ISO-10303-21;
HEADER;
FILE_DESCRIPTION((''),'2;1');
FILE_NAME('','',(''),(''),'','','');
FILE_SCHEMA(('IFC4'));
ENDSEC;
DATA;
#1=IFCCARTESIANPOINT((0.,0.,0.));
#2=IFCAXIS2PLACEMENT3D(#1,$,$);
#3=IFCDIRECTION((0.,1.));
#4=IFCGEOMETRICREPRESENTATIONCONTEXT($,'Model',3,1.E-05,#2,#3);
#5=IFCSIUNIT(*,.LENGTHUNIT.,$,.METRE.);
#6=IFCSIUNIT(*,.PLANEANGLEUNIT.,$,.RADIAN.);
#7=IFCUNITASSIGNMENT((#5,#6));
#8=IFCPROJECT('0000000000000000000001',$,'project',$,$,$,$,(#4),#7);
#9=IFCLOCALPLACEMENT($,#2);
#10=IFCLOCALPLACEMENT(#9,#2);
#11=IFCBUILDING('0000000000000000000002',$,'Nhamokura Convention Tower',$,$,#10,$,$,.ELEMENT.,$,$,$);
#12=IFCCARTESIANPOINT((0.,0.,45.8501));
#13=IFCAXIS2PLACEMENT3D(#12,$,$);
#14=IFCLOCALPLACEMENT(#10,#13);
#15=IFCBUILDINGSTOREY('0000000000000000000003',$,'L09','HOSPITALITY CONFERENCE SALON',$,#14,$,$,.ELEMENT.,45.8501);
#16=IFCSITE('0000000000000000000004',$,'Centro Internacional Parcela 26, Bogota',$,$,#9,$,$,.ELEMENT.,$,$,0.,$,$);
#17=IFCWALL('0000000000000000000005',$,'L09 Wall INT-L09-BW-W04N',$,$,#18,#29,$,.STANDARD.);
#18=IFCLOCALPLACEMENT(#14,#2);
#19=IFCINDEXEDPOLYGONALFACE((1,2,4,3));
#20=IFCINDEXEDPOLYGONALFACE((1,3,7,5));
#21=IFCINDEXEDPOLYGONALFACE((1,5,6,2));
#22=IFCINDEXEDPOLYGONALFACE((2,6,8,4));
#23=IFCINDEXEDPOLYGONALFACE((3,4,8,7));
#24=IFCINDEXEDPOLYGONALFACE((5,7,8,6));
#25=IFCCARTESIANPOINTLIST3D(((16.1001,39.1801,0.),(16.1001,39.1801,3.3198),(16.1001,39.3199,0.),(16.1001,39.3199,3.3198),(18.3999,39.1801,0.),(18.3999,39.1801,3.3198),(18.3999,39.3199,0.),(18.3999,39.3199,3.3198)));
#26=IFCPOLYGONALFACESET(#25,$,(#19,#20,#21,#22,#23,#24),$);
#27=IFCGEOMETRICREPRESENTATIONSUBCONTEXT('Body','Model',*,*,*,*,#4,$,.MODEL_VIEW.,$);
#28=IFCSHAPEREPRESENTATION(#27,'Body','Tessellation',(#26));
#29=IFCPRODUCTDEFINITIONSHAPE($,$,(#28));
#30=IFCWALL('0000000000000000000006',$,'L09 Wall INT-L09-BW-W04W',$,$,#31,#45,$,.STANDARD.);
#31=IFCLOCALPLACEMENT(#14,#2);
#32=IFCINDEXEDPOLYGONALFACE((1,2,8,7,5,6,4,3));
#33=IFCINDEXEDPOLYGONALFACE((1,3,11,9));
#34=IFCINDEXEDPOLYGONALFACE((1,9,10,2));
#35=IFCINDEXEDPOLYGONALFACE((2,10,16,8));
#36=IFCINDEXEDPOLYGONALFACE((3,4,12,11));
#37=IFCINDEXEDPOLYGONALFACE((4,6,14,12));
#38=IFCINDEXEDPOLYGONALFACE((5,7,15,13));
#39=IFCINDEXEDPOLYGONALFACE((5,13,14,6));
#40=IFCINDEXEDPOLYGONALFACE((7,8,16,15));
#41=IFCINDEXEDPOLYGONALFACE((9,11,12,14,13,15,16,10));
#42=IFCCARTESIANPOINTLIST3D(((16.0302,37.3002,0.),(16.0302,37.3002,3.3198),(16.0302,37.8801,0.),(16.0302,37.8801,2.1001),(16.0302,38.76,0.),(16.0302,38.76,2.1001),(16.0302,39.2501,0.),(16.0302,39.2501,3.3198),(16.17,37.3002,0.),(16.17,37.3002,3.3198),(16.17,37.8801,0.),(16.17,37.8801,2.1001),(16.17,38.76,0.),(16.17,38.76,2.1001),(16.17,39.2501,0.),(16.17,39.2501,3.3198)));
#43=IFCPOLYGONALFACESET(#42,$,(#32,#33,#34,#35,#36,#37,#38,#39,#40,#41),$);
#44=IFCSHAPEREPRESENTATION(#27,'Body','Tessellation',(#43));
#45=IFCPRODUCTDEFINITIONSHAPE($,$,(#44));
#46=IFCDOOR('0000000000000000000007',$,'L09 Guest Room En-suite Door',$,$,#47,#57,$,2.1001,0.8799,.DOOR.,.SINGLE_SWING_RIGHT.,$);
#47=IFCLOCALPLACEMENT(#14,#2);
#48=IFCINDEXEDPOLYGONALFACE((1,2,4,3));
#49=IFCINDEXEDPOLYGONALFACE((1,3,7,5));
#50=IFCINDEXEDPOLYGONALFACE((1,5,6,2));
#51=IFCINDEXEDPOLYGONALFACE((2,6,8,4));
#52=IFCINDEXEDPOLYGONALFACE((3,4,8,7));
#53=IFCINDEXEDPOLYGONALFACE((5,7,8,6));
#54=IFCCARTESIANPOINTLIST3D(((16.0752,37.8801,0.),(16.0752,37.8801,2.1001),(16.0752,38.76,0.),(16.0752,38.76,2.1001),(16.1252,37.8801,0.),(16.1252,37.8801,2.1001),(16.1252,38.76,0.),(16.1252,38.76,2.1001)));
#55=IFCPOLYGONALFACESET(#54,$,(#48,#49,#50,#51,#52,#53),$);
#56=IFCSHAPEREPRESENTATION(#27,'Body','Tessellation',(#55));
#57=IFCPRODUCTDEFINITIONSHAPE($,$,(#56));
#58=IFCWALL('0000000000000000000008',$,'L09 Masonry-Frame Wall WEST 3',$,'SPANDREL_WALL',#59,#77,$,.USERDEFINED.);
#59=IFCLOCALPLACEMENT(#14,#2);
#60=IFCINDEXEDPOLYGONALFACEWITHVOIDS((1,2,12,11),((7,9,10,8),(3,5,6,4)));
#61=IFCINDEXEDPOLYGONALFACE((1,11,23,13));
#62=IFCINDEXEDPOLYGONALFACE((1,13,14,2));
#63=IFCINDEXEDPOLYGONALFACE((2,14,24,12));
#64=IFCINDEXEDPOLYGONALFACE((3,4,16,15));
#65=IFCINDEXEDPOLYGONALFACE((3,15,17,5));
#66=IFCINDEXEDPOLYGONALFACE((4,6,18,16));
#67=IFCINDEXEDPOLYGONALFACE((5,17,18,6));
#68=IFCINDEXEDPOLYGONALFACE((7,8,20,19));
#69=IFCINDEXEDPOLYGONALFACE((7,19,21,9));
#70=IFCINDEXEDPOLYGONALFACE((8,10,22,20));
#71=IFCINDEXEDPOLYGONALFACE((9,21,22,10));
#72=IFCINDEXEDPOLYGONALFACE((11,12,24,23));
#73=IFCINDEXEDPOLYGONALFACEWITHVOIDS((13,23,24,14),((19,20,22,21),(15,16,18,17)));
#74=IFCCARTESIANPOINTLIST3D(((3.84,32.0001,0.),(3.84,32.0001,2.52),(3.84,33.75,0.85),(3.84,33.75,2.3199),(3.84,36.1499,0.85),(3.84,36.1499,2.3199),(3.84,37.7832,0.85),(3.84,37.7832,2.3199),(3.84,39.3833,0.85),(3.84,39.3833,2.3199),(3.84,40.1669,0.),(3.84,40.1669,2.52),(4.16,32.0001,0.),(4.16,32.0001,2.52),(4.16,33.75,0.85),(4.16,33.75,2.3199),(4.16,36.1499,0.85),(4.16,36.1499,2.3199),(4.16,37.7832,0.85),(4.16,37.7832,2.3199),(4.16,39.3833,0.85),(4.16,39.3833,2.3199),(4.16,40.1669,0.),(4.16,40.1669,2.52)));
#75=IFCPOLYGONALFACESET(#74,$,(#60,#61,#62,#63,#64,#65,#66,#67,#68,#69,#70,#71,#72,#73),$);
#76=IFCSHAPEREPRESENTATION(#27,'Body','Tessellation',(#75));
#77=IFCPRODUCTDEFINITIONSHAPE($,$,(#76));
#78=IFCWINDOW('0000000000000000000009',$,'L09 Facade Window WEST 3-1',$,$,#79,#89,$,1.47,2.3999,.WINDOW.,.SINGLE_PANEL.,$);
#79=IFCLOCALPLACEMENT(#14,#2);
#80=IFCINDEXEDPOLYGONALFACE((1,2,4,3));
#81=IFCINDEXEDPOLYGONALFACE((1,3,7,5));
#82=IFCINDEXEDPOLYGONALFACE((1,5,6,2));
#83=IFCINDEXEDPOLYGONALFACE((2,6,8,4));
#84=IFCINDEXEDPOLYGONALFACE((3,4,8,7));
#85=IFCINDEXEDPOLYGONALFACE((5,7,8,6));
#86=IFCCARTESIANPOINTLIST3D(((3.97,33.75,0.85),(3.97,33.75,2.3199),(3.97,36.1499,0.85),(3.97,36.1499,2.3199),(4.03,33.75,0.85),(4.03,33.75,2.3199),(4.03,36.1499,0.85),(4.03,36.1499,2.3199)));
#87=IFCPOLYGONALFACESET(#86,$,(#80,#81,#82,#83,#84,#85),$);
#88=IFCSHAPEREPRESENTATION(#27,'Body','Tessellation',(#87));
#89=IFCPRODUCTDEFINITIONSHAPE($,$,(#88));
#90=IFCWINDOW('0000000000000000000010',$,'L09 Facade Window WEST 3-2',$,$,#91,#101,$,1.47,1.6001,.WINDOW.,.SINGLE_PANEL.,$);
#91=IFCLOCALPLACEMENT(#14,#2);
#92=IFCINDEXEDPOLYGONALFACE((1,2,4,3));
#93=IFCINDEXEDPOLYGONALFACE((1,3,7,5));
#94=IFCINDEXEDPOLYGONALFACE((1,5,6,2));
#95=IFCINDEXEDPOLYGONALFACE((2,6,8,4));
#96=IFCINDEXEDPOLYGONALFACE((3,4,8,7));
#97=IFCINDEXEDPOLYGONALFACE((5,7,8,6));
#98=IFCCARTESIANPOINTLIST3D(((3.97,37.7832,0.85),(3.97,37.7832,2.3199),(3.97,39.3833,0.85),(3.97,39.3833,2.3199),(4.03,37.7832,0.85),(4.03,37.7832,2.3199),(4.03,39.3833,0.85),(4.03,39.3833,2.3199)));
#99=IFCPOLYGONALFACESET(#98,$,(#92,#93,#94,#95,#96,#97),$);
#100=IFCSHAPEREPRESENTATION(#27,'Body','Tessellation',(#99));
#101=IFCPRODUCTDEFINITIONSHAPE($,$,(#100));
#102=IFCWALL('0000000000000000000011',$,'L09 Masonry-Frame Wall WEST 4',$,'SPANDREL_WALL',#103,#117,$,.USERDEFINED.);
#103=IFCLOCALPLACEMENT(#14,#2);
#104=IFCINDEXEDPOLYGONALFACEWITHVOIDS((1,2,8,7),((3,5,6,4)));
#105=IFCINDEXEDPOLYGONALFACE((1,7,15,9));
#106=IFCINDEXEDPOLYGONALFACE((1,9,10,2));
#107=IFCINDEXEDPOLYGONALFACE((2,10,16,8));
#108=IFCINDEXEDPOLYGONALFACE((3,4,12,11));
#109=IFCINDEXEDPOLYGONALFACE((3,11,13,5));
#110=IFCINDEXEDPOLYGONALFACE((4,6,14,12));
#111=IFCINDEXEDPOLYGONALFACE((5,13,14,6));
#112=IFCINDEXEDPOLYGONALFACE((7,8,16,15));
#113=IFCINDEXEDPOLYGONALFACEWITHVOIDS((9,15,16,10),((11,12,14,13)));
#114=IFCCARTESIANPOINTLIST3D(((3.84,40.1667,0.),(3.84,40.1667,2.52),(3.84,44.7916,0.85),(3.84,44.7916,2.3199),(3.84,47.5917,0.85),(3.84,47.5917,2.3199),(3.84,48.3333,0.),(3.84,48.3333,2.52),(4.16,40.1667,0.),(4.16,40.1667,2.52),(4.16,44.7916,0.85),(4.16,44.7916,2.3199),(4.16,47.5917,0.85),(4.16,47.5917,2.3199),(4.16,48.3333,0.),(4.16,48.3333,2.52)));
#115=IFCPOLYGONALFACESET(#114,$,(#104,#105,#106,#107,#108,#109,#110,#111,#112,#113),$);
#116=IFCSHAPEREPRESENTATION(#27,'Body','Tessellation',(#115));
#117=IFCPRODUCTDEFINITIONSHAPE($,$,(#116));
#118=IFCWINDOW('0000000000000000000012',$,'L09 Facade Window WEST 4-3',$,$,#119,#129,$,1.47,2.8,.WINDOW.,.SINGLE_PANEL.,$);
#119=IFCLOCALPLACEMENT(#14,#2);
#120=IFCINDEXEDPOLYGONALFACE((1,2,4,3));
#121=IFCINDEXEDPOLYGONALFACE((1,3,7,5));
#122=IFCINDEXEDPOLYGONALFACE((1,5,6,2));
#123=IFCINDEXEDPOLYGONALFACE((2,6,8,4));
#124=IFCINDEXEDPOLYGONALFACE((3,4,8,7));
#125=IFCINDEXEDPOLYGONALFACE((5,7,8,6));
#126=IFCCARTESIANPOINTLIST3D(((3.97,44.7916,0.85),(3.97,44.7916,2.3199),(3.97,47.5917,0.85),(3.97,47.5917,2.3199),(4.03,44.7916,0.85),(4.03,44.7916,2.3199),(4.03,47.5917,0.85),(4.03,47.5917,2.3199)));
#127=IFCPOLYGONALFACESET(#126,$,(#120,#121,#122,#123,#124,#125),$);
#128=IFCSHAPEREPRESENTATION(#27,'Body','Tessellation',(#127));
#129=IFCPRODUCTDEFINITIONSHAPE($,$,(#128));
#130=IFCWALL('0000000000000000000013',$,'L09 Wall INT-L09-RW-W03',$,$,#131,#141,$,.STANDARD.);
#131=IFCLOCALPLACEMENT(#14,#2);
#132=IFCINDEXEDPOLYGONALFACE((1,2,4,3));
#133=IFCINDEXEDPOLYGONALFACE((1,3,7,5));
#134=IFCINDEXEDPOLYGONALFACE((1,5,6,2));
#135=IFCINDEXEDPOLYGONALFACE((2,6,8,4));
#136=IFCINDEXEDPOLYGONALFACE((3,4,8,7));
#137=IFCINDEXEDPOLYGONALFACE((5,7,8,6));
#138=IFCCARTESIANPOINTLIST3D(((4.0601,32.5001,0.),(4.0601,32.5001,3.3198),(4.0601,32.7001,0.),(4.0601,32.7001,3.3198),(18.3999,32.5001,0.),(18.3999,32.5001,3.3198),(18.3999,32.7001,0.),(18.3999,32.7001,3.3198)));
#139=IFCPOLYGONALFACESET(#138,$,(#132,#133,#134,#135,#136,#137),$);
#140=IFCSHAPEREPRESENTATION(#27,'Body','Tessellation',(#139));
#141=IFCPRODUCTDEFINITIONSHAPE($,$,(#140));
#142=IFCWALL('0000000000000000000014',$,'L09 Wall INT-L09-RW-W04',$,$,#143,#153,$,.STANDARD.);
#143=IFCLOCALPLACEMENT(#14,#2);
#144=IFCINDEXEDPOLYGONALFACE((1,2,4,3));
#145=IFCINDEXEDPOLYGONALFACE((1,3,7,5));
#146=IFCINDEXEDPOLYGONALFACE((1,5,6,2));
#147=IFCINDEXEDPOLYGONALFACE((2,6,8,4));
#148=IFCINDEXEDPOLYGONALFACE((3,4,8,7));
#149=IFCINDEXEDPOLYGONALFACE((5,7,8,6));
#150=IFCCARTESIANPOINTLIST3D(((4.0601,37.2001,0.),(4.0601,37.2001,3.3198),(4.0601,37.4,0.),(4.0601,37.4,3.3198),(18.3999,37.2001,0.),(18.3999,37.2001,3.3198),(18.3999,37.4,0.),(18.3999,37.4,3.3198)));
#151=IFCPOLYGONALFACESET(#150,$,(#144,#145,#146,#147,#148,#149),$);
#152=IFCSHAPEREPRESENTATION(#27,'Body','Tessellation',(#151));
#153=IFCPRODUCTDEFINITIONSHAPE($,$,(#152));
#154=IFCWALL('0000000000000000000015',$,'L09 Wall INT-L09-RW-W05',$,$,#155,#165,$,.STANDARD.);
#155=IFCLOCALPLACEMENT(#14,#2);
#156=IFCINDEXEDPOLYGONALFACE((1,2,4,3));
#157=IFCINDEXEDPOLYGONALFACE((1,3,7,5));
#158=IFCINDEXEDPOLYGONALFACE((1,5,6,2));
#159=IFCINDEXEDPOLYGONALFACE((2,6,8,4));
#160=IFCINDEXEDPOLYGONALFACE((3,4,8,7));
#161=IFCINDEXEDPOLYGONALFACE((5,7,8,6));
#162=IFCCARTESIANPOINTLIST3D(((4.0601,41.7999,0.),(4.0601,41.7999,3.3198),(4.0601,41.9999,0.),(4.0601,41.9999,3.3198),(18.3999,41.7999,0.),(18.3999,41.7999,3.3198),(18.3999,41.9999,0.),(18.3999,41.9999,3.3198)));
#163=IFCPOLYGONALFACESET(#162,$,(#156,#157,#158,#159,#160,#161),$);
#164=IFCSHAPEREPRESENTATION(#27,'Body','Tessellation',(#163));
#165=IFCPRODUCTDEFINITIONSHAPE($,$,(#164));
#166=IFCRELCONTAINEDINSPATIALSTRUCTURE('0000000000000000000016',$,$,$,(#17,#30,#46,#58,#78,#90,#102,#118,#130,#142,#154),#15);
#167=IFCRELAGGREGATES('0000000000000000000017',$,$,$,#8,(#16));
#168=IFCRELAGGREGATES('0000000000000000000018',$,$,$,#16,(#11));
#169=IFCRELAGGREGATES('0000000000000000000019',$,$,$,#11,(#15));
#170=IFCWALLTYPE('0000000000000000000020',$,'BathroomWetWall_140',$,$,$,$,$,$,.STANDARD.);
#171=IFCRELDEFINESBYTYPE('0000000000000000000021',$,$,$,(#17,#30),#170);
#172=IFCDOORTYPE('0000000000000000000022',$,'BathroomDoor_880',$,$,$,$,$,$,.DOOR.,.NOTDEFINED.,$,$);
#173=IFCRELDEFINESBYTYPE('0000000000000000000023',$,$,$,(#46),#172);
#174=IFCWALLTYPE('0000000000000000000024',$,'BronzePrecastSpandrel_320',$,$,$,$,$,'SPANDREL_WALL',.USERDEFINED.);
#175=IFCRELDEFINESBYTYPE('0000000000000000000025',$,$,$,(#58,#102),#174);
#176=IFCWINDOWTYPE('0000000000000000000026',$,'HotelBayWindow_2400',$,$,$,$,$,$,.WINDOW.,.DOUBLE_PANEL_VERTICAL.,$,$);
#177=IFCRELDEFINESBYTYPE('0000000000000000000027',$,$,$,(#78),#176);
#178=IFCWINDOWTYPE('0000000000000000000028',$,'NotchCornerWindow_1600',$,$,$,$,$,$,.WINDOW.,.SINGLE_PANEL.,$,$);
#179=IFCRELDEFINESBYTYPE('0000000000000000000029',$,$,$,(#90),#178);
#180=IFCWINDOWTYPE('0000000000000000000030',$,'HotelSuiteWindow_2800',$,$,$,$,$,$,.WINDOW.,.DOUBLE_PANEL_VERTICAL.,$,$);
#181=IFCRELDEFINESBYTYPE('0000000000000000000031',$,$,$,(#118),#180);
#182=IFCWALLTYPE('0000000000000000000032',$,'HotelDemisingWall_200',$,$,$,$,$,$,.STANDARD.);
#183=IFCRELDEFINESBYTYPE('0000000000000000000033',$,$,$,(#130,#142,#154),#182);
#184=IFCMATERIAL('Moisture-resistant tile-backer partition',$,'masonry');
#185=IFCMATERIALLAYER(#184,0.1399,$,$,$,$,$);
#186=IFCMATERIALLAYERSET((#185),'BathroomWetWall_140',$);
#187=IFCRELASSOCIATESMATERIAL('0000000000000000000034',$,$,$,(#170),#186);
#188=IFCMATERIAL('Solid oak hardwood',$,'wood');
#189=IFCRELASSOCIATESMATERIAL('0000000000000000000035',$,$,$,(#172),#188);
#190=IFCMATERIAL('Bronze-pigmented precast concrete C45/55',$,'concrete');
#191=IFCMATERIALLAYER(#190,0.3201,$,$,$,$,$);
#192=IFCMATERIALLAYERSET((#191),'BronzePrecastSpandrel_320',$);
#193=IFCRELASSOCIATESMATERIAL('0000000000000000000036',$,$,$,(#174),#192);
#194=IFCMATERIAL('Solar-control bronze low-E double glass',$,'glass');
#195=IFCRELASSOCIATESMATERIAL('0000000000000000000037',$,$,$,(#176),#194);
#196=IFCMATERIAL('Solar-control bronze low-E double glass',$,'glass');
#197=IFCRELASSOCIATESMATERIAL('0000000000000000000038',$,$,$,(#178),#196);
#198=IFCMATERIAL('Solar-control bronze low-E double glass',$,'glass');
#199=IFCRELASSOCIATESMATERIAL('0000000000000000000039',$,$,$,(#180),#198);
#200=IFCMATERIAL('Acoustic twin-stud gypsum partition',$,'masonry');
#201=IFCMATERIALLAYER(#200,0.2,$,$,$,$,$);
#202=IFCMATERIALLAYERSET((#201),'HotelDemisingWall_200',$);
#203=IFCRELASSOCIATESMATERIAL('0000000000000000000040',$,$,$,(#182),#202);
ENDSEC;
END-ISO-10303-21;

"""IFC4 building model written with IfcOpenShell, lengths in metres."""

from ifc_helpers import new_model, si_unit, direction, frame, frame_2d, origin, place, context, subcontext, project, spatial, rectangle, extrude, material, layer, layer_set, type_object, element, fill, save


model = new_model("IFC4")

# Units and contexts
model_context = context("Model", 3, precision=1e-05, world=origin(), true_north=direction((0.0, 1.0)))
body_context = subcontext(model_context, "Body", "Model", "MODEL_VIEW")
ifc_project = project(units=[si_unit("LENGTHUNIT", "METRE"), si_unit("PLANEANGLEUNIT", "RADIAN")], contexts=[model_context])

# Site, building, storey
site_placement = place(None, origin())
site = spatial("IfcSite", under=ifc_project, at=site_placement, Name="Centro Internacional Parcela 26, Bogota", CompositionType="ELEMENT", RefElevation=0.0)
building_placement = place(site_placement, origin())
building = spatial("IfcBuilding", under=site, at=building_placement, Name="Nhamokura Convention Tower", CompositionType="ELEMENT")
storey_placement = place(building_placement, frame((0.0, 0.0, 45.8501)))
storey = spatial("IfcBuildingStorey", under=building, at=storey_placement, Name="L09", Description="HOSPITALITY CONFERENCE SALON", CompositionType="ELEMENT", Elevation=45.8501)

# Shared definitions
ifc_material_1 = material(Name="Moisture-resistant tile-backer partition", Category="masonry")
ifc_layer_1 = layer(ifc_material_1, 0.1399)
ifc_layer_set_1 = layer_set([ifc_layer_1], Name="BathroomWetWall_140")
wall_type_1 = type_object("IfcWallType", Name="BathroomWetWall_140", PredefinedType="STANDARD", material=ifc_layer_set_1)

# Shared definitions
ifc_material_2 = material(Name="Solid oak hardwood", Category="wood")
door_type = type_object("IfcDoorType", Name="BathroomDoor_880", OperationType="NOTDEFINED", PredefinedType="DOOR", material=ifc_material_2)

# Wall
wall_1_placement = place(storey_placement, frame((16.1001, 39.25, 0.0), z_axis=(0.0, 0.0, 1.0), x_axis=(1.0, 0.0, 0.0)))
element("IfcWall", 1, at=wall_1_placement, inside=storey, type_object=wall_type_1, Name="L09 Wall INT-L09-BW-W04N", PredefinedType="STANDARD", context=body_context, shape_type="SweptSolid", body=[
    extrude(rectangle(XDim=2.2998, YDim=0.1399, at=frame_2d((1.1499, 0.0))), origin(), (0.0, 0.0, 1.0), 3.3198),
])

# Wall, opening, door
wall_2_placement = place(storey_placement, frame((16.1001, 37.3, 0.0), z_axis=(0.0, 0.0, 1.0), x_axis=(0.0, 1.0, 0.0)))
wall_2 = element("IfcWall", 2, at=wall_2_placement, inside=storey, type_object=wall_type_1, Name="L09 Wall INT-L09-BW-W04W", PredefinedType="STANDARD", context=body_context, shape_type="SweptSolid", body=[
    extrude(rectangle(XDim=1.95, YDim=0.1399, at=frame_2d((0.9751, 0.0))), origin(), (0.0, 0.0, 1.0), 3.3198),
])
opening_1_placement = place(wall_2_placement, frame((0.5801, 0.0, 0.0)))
opening_1 = element("IfcOpeningElement", 3, at=opening_1_placement, cuts=wall_2, PredefinedType="OPENING", context=body_context, shape_type="SweptSolid", body=[
    extrude(rectangle(XDim=0.8799, YDim=2.1001, at=frame_2d((0.4399, 1.05))), frame((0.0, 0.0798, 0.0), z_axis=(0.0, -1.0, 0.0), x_axis=(1.0, 0.0, 0.0)), (0.0, 0.0, 1.0), 0.1599),
])
door_1_placement = place(opening_1_placement, origin())
door_1 = element("IfcDoor", 4, at=door_1_placement, inside=storey, type_object=door_type, Name="L09 Guest Room En-suite Door", OperationType="SINGLE_SWING_RIGHT", OverallHeight=2.1001, OverallWidth=0.8799, PredefinedType="DOOR", context=body_context, shape_type="SweptSolid", body=[
    extrude(rectangle(XDim=0.8799, YDim=2.1001, at=frame_2d((0.4399, 1.05))), frame((0.0, 0.0249, 0.0), z_axis=(0.0, -1.0, 0.0), x_axis=(1.0, 0.0, 0.0)), (0.0, 0.0, 1.0), 0.05),
])
fill(opening_1, door_1)

# Wall, openings, windows
ifc_material_3 = material(Name="Bronze-pigmented precast concrete C45/55", Category="concrete")
ifc_layer_2 = layer(ifc_material_3, 0.3201)
ifc_layer_set_2 = layer_set([ifc_layer_2], Name="BronzePrecastSpandrel_320")
wall_type_2 = type_object("IfcWallType", Name="BronzePrecastSpandrel_320", ElementType="SPANDREL_WALL", PredefinedType="USERDEFINED", material=ifc_layer_set_2)
wall_3_placement = place(storey_placement, frame((4.0, 32.0, 0.0), z_axis=(0.0, 0.0, 1.0), x_axis=(0.0, 1.0, 0.0)))
wall_3 = element("IfcWall", 5, at=wall_3_placement, inside=storey, type_object=wall_type_2, Name="L09 Masonry-Frame Wall WEST 3", ObjectType="SPANDREL_WALL", PredefinedType="USERDEFINED", context=body_context, shape_type="SweptSolid", body=[
    extrude(rectangle(XDim=8.1667, YDim=0.3201, at=frame_2d((4.0835, 0.0))), origin(), (0.0, 0.0, 1.0), 2.52),
])
opening_2_placement = place(wall_3_placement, frame((1.75, 0.0, 0.8501)))
opening_2 = element("IfcOpeningElement", 6, at=opening_2_placement, cuts=wall_3, PredefinedType="OPENING", context=body_context, shape_type="SweptSolid", body=[
    extrude(rectangle(XDim=2.3999, YDim=1.47, at=frame_2d((1.2, 0.7349))), frame((0.0, 0.1699, 0.0), z_axis=(0.0, -1.0, 0.0), x_axis=(1.0, 0.0, 0.0)), (0.0, 0.0, 1.0), 0.3401),
])
opening_3_placement = place(wall_3_placement, frame((5.7832, 0.0, 0.8501)))
opening_3 = element("IfcOpeningElement", 7, at=opening_3_placement, cuts=wall_3, PredefinedType="OPENING", context=body_context, shape_type="SweptSolid", body=[
    extrude(rectangle(XDim=1.6001, YDim=1.47, at=frame_2d((0.8, 0.7349))), frame((0.0, 0.1699, 0.0), z_axis=(0.0, -1.0, 0.0), x_axis=(1.0, 0.0, 0.0)), (0.0, 0.0, 1.0), 0.3401),
])
ifc_material_4 = material(Name="Solar-control bronze low-E double glass", Category="glass")
window_type_1 = type_object("IfcWindowType", Name="HotelBayWindow_2400", PartitioningType="DOUBLE_PANEL_VERTICAL", PredefinedType="WINDOW", material=ifc_material_4)
window_1_placement = place(opening_2_placement, origin())
window_1 = element("IfcWindow", 8, at=window_1_placement, inside=storey, type_object=window_type_1, Name="L09 Facade Window WEST 3-1", OverallHeight=1.47, OverallWidth=2.3999, PartitioningType="SINGLE_PANEL", PredefinedType="WINDOW", context=body_context, shape_type="SweptSolid", body=[
    extrude(rectangle(XDim=2.3999, YDim=1.47, at=frame_2d((1.2, 0.7349))), frame((0.0, 0.03, 0.0), z_axis=(0.0, -1.0, 0.0), x_axis=(1.0, 0.0, 0.0)), (0.0, 0.0, 1.0), 0.0601),
])
fill(opening_2, window_1)
ifc_material_5 = material(Name="Solar-control bronze low-E double glass", Category="glass")
window_type_2 = type_object("IfcWindowType", Name="NotchCornerWindow_1600", PartitioningType="SINGLE_PANEL", PredefinedType="WINDOW", material=ifc_material_5)
window_2_placement = place(opening_3_placement, origin())
window_2 = element("IfcWindow", 9, at=window_2_placement, inside=storey, type_object=window_type_2, Name="L09 Facade Window WEST 3-2", OverallHeight=1.47, OverallWidth=1.6001, PartitioningType="SINGLE_PANEL", PredefinedType="WINDOW", context=body_context, shape_type="SweptSolid", body=[
    extrude(rectangle(XDim=1.6001, YDim=1.47, at=frame_2d((0.8, 0.7349))), frame((0.0, 0.03, 0.0), z_axis=(0.0, -1.0, 0.0), x_axis=(1.0, 0.0, 0.0)), (0.0, 0.0, 1.0), 0.0601),
])
fill(opening_3, window_2)

# Wall, opening, window
wall_4_placement = place(storey_placement, frame((4.0, 40.1667, 0.0), z_axis=(0.0, 0.0, 1.0), x_axis=(0.0, 1.0, 0.0)))
wall_4 = element("IfcWall", 10, at=wall_4_placement, inside=storey, type_object=wall_type_2, Name="L09 Masonry-Frame Wall WEST 4", ObjectType="SPANDREL_WALL", PredefinedType="USERDEFINED", context=body_context, shape_type="SweptSolid", body=[
    extrude(rectangle(XDim=8.1665, YDim=0.3201, at=frame_2d((4.0833, 0.0))), origin(), (0.0, 0.0, 1.0), 2.52),
])
opening_4_placement = place(wall_4_placement, frame((4.625, 0.0, 0.8501)))
opening_4 = element("IfcOpeningElement", 11, at=opening_4_placement, cuts=wall_4, PredefinedType="OPENING", context=body_context, shape_type="SweptSolid", body=[
    extrude(rectangle(XDim=2.8, YDim=1.47, at=frame_2d((1.3999, 0.7349))), frame((0.0, 0.1699, 0.0), z_axis=(0.0, -1.0, 0.0), x_axis=(1.0, 0.0, 0.0)), (0.0, 0.0, 1.0), 0.3401),
])
ifc_material_6 = material(Name="Solar-control bronze low-E double glass", Category="glass")
window_type_3 = type_object("IfcWindowType", Name="HotelSuiteWindow_2800", PartitioningType="DOUBLE_PANEL_VERTICAL", PredefinedType="WINDOW", material=ifc_material_6)
window_3_placement = place(opening_4_placement, origin())
window_3 = element("IfcWindow", 12, at=window_3_placement, inside=storey, type_object=window_type_3, Name="L09 Facade Window WEST 4-3", OverallHeight=1.47, OverallWidth=2.8, PartitioningType="SINGLE_PANEL", PredefinedType="WINDOW", context=body_context, shape_type="SweptSolid", body=[
    extrude(rectangle(XDim=2.8, YDim=1.47, at=frame_2d((1.3999, 0.7349))), frame((0.0, 0.03, 0.0), z_axis=(0.0, -1.0, 0.0), x_axis=(1.0, 0.0, 0.0)), (0.0, 0.0, 1.0), 0.0601),
])
fill(opening_4, window_3)

# Walls
ifc_material_7 = material(Name="Acoustic twin-stud gypsum partition", Category="masonry")
ifc_layer_3 = layer(ifc_material_7, 0.2)
ifc_layer_set_3 = layer_set([ifc_layer_3], Name="HotelDemisingWall_200")
wall_type_3 = type_object("IfcWallType", Name="HotelDemisingWall_200", PredefinedType="STANDARD", material=ifc_layer_set_3)
for number, where, z_axis, x_axis, name in (
    (13, (4.0601, 32.6001, 0.0), (0.0, 0.0, 1.0), (1.0, 0.0, 0.0), "L09 Wall INT-L09-RW-W03"),
    (14, (4.0601, 37.3, 0.0), (0.0, 0.0, 1.0), (1.0, 0.0, 0.0), "L09 Wall INT-L09-RW-W04"),
    (15, (4.0601, 41.8999, 0.0), (0.0, 0.0, 1.0), (1.0, 0.0, 0.0), "L09 Wall INT-L09-RW-W05"),
):
    element("IfcWall", number, at=place(storey_placement, frame(where, z_axis=z_axis, x_axis=x_axis)), inside=storey, type_object=wall_type_3, Name=name, PredefinedType="STANDARD", context=body_context, shape_type="SweptSolid", body=[
        extrude(rectangle(XDim=14.3398, YDim=0.2, at=frame_2d((7.1699, 0.0))), origin(), (0.0, 0.0, 1.0), 3.3198),
    ])

save(model, "model.ifc")
